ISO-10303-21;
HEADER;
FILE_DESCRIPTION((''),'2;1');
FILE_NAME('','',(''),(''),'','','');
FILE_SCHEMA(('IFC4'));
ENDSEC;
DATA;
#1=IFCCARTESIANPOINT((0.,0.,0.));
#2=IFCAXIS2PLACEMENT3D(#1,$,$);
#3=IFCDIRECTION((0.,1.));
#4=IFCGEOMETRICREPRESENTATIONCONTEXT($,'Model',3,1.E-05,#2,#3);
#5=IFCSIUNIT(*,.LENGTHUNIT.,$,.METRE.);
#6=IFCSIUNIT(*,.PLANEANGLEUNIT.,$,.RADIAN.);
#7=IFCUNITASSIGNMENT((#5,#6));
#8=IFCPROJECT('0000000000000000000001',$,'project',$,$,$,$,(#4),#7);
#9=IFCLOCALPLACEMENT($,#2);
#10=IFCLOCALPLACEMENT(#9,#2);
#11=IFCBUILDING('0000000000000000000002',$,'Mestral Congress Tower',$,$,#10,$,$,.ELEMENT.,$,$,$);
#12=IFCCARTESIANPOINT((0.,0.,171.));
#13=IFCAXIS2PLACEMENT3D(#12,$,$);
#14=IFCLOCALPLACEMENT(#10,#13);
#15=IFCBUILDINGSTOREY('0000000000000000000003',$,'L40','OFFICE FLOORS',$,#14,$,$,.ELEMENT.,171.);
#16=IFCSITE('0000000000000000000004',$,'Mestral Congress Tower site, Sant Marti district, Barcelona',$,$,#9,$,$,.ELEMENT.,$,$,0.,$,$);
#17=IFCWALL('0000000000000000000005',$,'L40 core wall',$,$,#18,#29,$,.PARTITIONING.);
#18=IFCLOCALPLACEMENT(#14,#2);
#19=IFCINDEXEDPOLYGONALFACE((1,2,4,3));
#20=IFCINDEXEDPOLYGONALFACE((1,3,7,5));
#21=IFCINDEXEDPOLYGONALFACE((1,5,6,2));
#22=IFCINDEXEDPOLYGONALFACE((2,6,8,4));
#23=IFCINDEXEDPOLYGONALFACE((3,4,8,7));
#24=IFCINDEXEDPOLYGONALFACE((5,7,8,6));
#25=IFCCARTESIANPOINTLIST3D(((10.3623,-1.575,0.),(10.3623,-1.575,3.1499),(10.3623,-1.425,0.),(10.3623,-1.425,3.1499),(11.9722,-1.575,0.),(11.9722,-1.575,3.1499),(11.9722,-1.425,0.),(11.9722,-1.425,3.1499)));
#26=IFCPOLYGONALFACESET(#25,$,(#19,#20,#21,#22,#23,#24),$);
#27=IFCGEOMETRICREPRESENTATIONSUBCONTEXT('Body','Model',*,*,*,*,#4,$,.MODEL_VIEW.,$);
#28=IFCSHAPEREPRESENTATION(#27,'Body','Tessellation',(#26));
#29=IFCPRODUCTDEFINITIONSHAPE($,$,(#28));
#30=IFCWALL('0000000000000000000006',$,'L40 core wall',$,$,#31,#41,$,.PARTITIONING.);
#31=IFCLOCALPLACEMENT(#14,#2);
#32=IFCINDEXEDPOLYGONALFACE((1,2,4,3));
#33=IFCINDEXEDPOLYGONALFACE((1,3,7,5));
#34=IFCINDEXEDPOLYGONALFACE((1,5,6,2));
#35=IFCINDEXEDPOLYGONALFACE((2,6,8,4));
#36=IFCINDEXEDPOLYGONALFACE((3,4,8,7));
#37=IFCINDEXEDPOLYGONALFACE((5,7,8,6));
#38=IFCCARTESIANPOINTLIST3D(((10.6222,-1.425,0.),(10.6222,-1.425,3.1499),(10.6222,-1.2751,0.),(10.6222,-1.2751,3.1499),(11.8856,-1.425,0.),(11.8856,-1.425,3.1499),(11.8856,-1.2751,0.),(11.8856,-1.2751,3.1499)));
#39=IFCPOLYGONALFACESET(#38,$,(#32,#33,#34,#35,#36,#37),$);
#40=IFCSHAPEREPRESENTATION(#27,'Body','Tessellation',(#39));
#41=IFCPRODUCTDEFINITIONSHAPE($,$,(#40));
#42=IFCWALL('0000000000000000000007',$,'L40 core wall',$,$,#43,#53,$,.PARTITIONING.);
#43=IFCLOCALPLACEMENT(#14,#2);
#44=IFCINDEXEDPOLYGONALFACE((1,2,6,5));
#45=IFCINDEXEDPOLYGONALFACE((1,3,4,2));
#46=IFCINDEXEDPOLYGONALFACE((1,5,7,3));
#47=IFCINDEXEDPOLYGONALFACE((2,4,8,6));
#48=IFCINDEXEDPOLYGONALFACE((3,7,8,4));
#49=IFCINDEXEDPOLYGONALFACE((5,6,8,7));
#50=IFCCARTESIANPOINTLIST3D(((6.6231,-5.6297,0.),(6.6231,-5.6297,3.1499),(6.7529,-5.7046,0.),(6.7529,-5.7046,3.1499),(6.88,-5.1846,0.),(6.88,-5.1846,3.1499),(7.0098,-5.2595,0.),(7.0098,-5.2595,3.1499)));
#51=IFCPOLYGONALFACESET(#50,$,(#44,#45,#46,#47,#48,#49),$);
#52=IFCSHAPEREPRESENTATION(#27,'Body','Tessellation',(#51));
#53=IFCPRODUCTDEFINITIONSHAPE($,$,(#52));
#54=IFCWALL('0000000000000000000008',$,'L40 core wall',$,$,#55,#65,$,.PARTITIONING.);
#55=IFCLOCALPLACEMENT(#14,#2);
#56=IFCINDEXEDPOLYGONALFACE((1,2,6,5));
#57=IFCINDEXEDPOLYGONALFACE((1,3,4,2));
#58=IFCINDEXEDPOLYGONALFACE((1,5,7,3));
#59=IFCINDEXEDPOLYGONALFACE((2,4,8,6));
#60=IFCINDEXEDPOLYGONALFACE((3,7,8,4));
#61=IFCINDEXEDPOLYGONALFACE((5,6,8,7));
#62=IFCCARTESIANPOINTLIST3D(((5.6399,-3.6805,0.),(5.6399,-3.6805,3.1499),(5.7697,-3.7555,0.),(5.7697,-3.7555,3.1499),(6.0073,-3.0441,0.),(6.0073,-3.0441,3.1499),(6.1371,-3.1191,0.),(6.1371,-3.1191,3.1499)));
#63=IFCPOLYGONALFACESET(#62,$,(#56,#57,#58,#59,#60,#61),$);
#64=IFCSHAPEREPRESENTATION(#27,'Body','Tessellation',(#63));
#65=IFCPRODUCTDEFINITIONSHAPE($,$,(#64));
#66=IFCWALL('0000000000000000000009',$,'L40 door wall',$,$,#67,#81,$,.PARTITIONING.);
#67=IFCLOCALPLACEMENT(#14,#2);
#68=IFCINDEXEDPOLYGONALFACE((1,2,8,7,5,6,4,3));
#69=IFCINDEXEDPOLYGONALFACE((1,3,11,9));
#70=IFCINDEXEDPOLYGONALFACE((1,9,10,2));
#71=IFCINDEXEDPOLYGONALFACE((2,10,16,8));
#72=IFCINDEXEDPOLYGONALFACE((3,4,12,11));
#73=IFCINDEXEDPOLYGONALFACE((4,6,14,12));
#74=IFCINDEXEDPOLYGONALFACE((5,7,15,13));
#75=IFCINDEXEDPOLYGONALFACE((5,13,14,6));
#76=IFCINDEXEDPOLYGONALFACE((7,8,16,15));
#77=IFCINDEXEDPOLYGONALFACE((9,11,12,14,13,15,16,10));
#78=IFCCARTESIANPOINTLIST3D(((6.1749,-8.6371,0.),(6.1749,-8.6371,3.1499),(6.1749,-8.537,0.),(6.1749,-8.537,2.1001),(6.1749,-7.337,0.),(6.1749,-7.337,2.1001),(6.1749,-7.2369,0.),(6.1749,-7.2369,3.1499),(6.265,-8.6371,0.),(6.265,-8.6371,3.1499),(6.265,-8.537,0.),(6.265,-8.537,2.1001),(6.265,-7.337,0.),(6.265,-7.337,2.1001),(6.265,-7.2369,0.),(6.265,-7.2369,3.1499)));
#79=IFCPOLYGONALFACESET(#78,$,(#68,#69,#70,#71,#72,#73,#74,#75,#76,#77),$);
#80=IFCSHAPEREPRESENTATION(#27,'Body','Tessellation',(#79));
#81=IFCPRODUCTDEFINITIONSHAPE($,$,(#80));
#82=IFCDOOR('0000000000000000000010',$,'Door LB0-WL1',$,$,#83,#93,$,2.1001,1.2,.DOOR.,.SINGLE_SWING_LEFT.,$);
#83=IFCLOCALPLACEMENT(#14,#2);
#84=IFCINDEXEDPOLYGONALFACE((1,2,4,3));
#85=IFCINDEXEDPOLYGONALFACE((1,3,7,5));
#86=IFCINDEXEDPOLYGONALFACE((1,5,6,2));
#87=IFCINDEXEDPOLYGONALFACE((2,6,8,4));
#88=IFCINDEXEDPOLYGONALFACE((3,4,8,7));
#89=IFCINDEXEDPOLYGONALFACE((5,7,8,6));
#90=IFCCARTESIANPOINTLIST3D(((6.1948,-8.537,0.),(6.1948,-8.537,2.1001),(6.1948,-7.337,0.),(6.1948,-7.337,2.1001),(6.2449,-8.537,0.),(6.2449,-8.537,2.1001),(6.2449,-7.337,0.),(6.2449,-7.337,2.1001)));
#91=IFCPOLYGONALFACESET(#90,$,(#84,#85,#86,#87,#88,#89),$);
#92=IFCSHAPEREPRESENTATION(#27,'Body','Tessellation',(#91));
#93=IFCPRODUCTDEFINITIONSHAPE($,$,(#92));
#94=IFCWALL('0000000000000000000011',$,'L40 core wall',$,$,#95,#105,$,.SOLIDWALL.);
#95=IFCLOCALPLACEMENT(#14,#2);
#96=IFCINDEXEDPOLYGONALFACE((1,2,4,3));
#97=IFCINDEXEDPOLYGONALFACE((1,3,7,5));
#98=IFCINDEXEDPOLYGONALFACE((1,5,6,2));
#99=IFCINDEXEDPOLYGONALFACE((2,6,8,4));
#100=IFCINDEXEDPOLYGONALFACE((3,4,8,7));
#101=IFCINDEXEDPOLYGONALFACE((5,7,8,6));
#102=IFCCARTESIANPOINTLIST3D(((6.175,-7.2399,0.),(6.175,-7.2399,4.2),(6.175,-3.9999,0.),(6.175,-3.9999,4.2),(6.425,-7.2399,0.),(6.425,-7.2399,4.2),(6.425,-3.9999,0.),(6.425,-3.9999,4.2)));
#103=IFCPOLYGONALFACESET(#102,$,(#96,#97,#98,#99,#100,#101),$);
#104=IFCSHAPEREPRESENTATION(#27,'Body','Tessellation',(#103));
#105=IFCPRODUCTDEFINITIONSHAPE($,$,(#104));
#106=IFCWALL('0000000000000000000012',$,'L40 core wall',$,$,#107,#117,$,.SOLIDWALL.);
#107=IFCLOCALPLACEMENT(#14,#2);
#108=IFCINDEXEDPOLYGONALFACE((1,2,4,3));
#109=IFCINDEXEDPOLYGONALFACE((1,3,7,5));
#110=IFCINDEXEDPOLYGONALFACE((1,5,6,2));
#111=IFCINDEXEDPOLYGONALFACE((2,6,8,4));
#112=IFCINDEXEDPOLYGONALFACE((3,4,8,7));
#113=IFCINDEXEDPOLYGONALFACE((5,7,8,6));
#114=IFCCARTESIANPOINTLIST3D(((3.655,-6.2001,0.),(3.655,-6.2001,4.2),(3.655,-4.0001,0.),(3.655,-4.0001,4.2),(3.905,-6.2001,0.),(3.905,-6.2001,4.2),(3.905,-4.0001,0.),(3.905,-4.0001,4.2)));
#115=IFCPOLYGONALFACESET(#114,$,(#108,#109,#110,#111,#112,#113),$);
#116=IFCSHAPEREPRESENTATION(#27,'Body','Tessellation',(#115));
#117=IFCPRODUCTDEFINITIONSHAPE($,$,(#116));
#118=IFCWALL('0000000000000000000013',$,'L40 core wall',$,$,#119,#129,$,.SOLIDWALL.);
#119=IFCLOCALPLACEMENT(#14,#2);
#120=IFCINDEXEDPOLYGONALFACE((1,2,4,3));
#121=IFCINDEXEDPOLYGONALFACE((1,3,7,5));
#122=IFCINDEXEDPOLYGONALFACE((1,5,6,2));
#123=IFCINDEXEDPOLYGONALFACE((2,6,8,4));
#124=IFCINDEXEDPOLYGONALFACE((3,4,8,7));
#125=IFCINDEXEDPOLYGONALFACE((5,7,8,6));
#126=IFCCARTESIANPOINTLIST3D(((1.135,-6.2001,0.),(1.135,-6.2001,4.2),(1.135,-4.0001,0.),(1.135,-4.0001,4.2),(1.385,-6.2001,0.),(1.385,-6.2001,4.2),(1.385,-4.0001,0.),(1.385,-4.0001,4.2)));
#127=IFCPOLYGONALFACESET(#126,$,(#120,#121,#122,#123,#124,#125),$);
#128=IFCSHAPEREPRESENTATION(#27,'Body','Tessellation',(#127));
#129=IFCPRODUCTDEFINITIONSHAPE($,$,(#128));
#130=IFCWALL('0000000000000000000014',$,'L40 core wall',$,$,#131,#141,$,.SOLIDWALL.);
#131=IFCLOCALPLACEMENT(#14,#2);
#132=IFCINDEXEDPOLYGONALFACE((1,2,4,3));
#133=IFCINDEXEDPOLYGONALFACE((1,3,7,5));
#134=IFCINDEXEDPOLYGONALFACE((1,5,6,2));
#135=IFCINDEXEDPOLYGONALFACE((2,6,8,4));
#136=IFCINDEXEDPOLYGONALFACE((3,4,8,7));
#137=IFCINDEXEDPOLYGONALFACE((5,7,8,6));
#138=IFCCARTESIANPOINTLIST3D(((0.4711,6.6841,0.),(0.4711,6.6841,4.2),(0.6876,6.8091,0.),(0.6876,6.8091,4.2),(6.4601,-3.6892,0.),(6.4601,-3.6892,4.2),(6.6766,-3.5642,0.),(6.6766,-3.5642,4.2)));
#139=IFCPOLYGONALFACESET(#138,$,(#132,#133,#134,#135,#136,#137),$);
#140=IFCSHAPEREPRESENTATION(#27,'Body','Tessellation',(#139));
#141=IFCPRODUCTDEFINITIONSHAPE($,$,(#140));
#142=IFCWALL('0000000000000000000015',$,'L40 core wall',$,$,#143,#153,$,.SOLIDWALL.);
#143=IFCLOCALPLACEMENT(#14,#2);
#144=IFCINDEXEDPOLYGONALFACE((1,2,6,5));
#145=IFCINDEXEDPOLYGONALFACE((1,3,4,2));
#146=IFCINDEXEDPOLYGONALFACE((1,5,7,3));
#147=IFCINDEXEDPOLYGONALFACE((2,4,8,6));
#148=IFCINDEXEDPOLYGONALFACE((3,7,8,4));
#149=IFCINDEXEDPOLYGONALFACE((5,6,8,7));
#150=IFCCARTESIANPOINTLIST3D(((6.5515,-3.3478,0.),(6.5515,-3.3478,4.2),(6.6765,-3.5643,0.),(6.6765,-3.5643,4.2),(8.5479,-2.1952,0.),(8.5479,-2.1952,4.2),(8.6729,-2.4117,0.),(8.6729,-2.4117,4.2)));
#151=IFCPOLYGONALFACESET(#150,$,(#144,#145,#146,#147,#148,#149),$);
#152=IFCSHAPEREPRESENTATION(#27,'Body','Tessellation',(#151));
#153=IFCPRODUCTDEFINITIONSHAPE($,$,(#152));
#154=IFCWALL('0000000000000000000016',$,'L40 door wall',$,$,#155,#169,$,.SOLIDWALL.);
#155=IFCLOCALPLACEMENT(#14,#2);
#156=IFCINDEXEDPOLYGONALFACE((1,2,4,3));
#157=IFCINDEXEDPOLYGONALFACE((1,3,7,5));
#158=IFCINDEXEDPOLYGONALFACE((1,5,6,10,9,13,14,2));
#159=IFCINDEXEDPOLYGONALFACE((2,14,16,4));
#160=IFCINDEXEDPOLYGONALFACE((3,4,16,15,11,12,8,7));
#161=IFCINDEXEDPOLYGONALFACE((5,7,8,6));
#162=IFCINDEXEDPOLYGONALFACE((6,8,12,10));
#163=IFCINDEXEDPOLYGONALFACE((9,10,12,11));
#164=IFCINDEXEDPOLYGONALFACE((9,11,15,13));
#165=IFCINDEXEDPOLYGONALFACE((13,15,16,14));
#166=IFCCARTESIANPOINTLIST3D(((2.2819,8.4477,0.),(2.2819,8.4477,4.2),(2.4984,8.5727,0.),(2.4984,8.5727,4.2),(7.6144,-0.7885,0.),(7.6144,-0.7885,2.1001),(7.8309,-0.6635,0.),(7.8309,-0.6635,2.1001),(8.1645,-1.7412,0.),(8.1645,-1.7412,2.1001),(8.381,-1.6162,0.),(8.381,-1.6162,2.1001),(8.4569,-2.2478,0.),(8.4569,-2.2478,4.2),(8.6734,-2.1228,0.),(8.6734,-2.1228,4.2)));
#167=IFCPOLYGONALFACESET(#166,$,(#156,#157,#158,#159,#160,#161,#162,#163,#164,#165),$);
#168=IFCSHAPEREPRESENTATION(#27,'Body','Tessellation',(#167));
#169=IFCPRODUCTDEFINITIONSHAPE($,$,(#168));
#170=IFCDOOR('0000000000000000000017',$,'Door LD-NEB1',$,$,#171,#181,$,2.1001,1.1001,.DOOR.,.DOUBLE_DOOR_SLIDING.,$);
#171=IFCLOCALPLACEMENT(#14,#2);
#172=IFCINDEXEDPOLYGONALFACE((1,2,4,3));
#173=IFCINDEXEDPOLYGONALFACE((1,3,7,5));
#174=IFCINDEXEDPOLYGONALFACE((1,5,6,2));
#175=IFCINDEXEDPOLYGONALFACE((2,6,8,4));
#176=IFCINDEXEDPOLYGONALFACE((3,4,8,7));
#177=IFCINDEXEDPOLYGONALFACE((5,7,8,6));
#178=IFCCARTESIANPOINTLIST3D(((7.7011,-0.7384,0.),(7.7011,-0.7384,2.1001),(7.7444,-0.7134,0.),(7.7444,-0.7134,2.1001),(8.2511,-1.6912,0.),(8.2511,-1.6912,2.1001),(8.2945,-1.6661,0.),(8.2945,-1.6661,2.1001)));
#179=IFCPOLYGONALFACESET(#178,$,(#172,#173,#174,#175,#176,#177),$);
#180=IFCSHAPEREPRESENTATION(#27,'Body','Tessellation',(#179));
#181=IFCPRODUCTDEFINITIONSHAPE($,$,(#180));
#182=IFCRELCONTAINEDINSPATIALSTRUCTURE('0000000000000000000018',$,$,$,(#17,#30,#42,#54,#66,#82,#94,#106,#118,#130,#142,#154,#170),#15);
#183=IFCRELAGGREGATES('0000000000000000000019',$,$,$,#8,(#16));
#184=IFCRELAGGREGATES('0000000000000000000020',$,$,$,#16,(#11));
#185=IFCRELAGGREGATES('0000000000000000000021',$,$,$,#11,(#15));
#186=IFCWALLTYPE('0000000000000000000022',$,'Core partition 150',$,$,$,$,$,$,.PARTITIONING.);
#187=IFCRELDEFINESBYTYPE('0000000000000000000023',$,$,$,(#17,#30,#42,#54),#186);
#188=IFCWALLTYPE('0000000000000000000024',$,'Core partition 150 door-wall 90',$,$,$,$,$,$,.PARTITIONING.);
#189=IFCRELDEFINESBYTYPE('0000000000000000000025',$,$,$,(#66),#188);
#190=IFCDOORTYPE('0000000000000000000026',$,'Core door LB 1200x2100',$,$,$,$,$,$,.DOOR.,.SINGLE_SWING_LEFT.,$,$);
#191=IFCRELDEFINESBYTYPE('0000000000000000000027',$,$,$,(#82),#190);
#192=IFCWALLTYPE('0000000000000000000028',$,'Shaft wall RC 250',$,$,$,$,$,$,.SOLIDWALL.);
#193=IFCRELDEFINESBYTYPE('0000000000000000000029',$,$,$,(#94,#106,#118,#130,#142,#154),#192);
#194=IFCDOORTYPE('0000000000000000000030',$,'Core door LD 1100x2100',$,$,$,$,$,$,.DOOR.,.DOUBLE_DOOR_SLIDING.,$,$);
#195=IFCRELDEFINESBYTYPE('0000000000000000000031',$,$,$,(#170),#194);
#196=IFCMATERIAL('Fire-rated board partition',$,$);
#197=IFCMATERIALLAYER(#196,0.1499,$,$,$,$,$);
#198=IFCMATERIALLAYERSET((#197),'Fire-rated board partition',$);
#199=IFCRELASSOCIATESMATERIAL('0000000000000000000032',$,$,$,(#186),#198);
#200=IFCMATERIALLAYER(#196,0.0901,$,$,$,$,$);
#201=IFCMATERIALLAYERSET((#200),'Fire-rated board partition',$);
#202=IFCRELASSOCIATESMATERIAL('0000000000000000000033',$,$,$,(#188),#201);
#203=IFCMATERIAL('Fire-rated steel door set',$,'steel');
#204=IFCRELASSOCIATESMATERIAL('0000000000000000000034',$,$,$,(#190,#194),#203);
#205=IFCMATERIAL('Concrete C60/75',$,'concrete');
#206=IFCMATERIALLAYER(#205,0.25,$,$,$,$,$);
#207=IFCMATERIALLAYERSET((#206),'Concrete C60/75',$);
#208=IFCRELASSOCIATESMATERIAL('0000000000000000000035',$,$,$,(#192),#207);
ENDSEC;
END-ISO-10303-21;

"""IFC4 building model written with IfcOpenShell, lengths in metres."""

from ifc_helpers import new_model, si_unit, direction, frame, frame_2d, origin, place, context, subcontext, project, spatial, rectangle, extrude, material, layer, layer_set, type_object, element, fill, save


model = new_model("IFC4")

# Units and contexts
model_context = context("Model", 3, precision=1e-05, world=origin(), true_north=direction((0.0, 1.0)))
body_context = subcontext(model_context, "Body", "Model", "MODEL_VIEW")
ifc_project = project(units=[si_unit("LENGTHUNIT", "METRE"), si_unit("PLANEANGLEUNIT", "RADIAN")], contexts=[model_context])

# Site, building, storey
site_placement = place(None, origin())
site = spatial("IfcSite", under=ifc_project, at=site_placement, Name="Mestral Congress Tower site, Sant Marti district, Barcelona", CompositionType="ELEMENT", RefElevation=0.0)
building_placement = place(site_placement, origin())
building = spatial("IfcBuilding", under=site, at=building_placement, Name="Mestral Congress Tower", CompositionType="ELEMENT")
storey_placement = place(building_placement, frame((0.0, 0.0, 171.0)))
storey = spatial("IfcBuildingStorey", under=building, at=storey_placement, Name="L40", Description="OFFICE FLOORS", CompositionType="ELEMENT", Elevation=171.0)

# Walls
ifc_material_1 = material(Name="Fire-rated board partition")
ifc_layer_1 = layer(ifc_material_1, 0.1499)
ifc_layer_set_1 = layer_set([ifc_layer_1], Name="Fire-rated board partition")
wall_type_1 = type_object("IfcWallType", Name="Core partition 150", PredefinedType="PARTITIONING", material=ifc_layer_set_1)
wall_1_placement = place(storey_placement, frame((10.3623, -1.5, 0.0), z_axis=(0.0, 0.0, 1.0), x_axis=(1.0, 0.0, 0.0)))
element("IfcWall", 1, at=wall_1_placement, inside=storey, type_object=wall_type_1, Name="L40 core wall", PredefinedType="PARTITIONING", context=body_context, shape_type="SweptSolid", body=[
    extrude(rectangle(XDim=1.6099, YDim=0.1499, at=frame_2d((0.8049, 0.0))), origin(), (0.0, 0.0, 1.0), 3.1499),
])
wall_2_placement = place(storey_placement, frame((10.6221, -1.3501, 0.0), z_axis=(0.0, 0.0, 1.0), x_axis=(1.0, 0.0, 0.0)))
element("IfcWall", 2, at=wall_2_placement, inside=storey, type_object=wall_type_1, Name="L40 core wall", PredefinedType="PARTITIONING", context=body_context, shape_type="SweptSolid", body=[
    extrude(rectangle(XDim=1.2634, YDim=0.1499, at=frame_2d((0.6318, 0.0))), origin(), (0.0, 0.0, 1.0), 3.1499),
])
wall_3_placement = place(storey_placement, frame((6.9448, -5.2222, 0.0), z_axis=(0.0, 0.0, 1.0), x_axis=(-0.499818, -0.86613, 0.0)))
element("IfcWall", 3, at=wall_3_placement, inside=storey, type_object=wall_type_1, Name="L40 core wall", PredefinedType="PARTITIONING", context=body_context, shape_type="SweptSolid", body=[
    extrude(rectangle(XDim=0.5139, YDim=0.1499, at=frame_2d((0.2568, 0.0))), origin(), (0.0, 0.0, 1.0), 3.1499),
])
wall_4_placement = place(storey_placement, frame((5.7048, -3.718, 0.0), z_axis=(0.0, 0.0, 1.0), x_axis=(0.499962, 0.866047, 0.0)))
element("IfcWall", 4, at=wall_4_placement, inside=storey, type_object=wall_type_1, Name="L40 core wall", PredefinedType="PARTITIONING", context=body_context, shape_type="SweptSolid", body=[
    extrude(rectangle(XDim=0.7349, YDim=0.1499, at=frame_2d((0.3674, 0.0))), origin(), (0.0, 0.0, 1.0), 3.1499),
])

# Wall, opening, door
ifc_layer_2 = layer(ifc_material_1, 0.0901)
ifc_layer_set_2 = layer_set([ifc_layer_2], Name="Fire-rated board partition")
wall_type_2 = type_object("IfcWallType", Name="Core partition 150 door-wall 90", PredefinedType="PARTITIONING", material=ifc_layer_set_2)
wall_5_placement = place(storey_placement, frame((6.22, -7.2368, 0.0), z_axis=(0.0, 0.0, 1.0), x_axis=(0.0, -1.0, 0.0)))
wall_5 = element("IfcWall", 5, at=wall_5_placement, inside=storey, type_object=wall_type_2, Name="L40 door wall", PredefinedType="PARTITIONING", context=body_context, shape_type="SweptSolid", body=[
    extrude(rectangle(XDim=1.4001, YDim=0.0901, at=frame_2d((0.7002, 0.0))), origin(), (0.0, 0.0, 1.0), 3.1499),
])
opening_1_placement = place(wall_5_placement, frame((0.1001, 0.0, 0.0)))
opening_1 = element("IfcOpeningElement", 6, at=opening_1_placement, cuts=wall_5, PredefinedType="OPENING", context=body_context, shape_type="SweptSolid", body=[
    extrude(rectangle(XDim=1.2, YDim=2.1001, at=frame_2d((0.6001, 1.05))), frame((0.0, 0.0549, 0.0), z_axis=(0.0, -1.0, 0.0), x_axis=(1.0, 0.0, 0.0)), (0.0, 0.0, 1.0), 0.1101),
])
ifc_material_2 = material(Name="Fire-rated steel door set", Category="steel")
door_type_1 = type_object("IfcDoorType", Name="Core door LB 1200x2100", OperationType="SINGLE_SWING_LEFT", PredefinedType="DOOR", material=ifc_material_2)
door_1_placement = place(opening_1_placement, origin())
door_1 = element("IfcDoor", 7, at=door_1_placement, inside=storey, type_object=door_type_1, Name="Door LB0-WL1", OperationType="SINGLE_SWING_LEFT", OverallHeight=2.1001, OverallWidth=1.2, PredefinedType="DOOR", context=body_context, shape_type="SweptSolid", body=[
    extrude(rectangle(XDim=1.2, YDim=2.1001, at=frame_2d((0.6001, 1.05))), frame((0.0, 0.0249, 0.0), z_axis=(0.0, -1.0, 0.0), x_axis=(1.0, 0.0, 0.0)), (0.0, 0.0, 1.0), 0.05),
])
fill(opening_1, door_1)

# Walls
ifc_material_3 = material(Name="Concrete C60/75", Category="concrete")
ifc_layer_3 = layer(ifc_material_3, 0.25)
ifc_layer_set_3 = layer_set([ifc_layer_3], Name="Concrete C60/75")
wall_type_3 = type_object("IfcWallType", Name="Shaft wall RC 250", PredefinedType="SOLIDWALL", material=ifc_layer_set_3)
wall_6_placement = place(storey_placement, frame((6.3, -7.24, 0.0), z_axis=(0.0, 0.0, 1.0), x_axis=(0.0, 1.0, 0.0)))
element("IfcWall", 8, at=wall_6_placement, inside=storey, type_object=wall_type_3, Name="L40 core wall", PredefinedType="SOLIDWALL", context=body_context, shape_type="SweptSolid", body=[
    extrude(rectangle(XDim=3.24, YDim=0.25, at=frame_2d((1.6201, 0.0))), origin(), (0.0, 0.0, 1.0), 4.2),
])
for number, where, z_axis, x_axis, name in (
    (9, (3.78, -4.0, 0.0), (0.0, 0.0, 1.0), (0.0, -1.0, 0.0), "L40 core wall"),
    (10, (1.26, -4.0, 0.0), (0.0, 0.0, 1.0), (0.0, -1.0, 0.0), "L40 core wall"),
):
    element("IfcWall", number, at=place(storey_placement, frame(where, z_axis=z_axis, x_axis=x_axis)), inside=storey, type_object=wall_type_3, Name=name, PredefinedType="SOLIDWALL", context=body_context, shape_type="SweptSolid", body=[
        extrude(rectangle(XDim=2.2, YDim=0.25, at=frame_2d((1.1001, 0.0))), origin(), (0.0, 0.0, 1.0), 4.2),
    ])
wall_7_placement = place(storey_placement, frame((6.5684, -3.6267, 0.0), z_axis=(0.0, 0.0, 1.0), x_axis=(-0.499999, 0.866026, 0.0)))
element("IfcWall", 11, at=wall_7_placement, inside=storey, type_object=wall_type_3, Name="L40 core wall", PredefinedType="SOLIDWALL", context=body_context, shape_type="SweptSolid", body=[
    extrude(rectangle(XDim=11.978, YDim=0.25, at=frame_2d((5.989, 0.0))), origin(), (0.0, 0.0, 1.0), 4.2),
])
wall_8_placement = place(storey_placement, frame((6.614, -3.4561, 0.0), z_axis=(0.0, 0.0, 1.0), x_axis=(0.866025, 0.500001, 0.0)))
element("IfcWall", 12, at=wall_8_placement, inside=storey, type_object=wall_type_3, Name="L40 core wall", PredefinedType="SOLIDWALL", context=body_context, shape_type="SweptSolid", body=[
    extrude(rectangle(XDim=2.3052, YDim=0.25, at=frame_2d((1.1526, 0.0))), origin(), (0.0, 0.0, 1.0), 4.2),
])

# Wall, opening, door
wall_9_placement = place(storey_placement, frame((8.5652, -2.1853, 0.0), z_axis=(0.0, 0.0, 1.0), x_axis=(-0.499998, 0.866027, 0.0)))
wall_9 = element("IfcWall", 13, at=wall_9_placement, inside=storey, type_object=wall_type_3, Name="L40 door wall", PredefinedType="SOLIDWALL", context=body_context, shape_type="SweptSolid", body=[
    extrude(rectangle(XDim=12.3501, YDim=0.25, at=frame_2d((6.175, 0.0))), origin(), (0.0, 0.0, 1.0), 4.2),
])
opening_2_placement = place(wall_9_placement, frame((0.585, 0.0, 0.0)))
opening_2 = element("IfcOpeningElement", 14, at=opening_2_placement, cuts=wall_9, PredefinedType="OPENING", context=body_context, shape_type="SweptSolid", body=[
    extrude(rectangle(XDim=1.1001, YDim=2.1001, at=frame_2d((0.55, 1.05))), frame((0.0, 0.135, 0.0), z_axis=(0.0, -1.0, 0.0), x_axis=(1.0, 0.0, 0.0)), (0.0, 0.0, 1.0), 0.27),
])
door_type_2 = type_object("IfcDoorType", Name="Core door LD 1100x2100", OperationType="DOUBLE_DOOR_SLIDING", PredefinedType="DOOR", material=ifc_material_2)
door_2_placement = place(opening_2_placement, origin())
door_2 = element("IfcDoor", 15, at=door_2_placement, inside=storey, type_object=door_type_2, Name="Door LD-NEB1", OperationType="DOUBLE_DOOR_SLIDING", OverallHeight=2.1001, OverallWidth=1.1001, PredefinedType="DOOR", context=body_context, shape_type="SweptSolid", body=[
    extrude(rectangle(XDim=1.1001, YDim=2.1001, at=frame_2d((0.55, 1.05))), frame((0.0, 0.0249, 0.0), z_axis=(0.0, -1.0, 0.0), x_axis=(1.0, 0.0, 0.0)), (0.0, 0.0, 1.0), 0.05),
])
fill(opening_2, door_2)

save(model, "model.ifc")
